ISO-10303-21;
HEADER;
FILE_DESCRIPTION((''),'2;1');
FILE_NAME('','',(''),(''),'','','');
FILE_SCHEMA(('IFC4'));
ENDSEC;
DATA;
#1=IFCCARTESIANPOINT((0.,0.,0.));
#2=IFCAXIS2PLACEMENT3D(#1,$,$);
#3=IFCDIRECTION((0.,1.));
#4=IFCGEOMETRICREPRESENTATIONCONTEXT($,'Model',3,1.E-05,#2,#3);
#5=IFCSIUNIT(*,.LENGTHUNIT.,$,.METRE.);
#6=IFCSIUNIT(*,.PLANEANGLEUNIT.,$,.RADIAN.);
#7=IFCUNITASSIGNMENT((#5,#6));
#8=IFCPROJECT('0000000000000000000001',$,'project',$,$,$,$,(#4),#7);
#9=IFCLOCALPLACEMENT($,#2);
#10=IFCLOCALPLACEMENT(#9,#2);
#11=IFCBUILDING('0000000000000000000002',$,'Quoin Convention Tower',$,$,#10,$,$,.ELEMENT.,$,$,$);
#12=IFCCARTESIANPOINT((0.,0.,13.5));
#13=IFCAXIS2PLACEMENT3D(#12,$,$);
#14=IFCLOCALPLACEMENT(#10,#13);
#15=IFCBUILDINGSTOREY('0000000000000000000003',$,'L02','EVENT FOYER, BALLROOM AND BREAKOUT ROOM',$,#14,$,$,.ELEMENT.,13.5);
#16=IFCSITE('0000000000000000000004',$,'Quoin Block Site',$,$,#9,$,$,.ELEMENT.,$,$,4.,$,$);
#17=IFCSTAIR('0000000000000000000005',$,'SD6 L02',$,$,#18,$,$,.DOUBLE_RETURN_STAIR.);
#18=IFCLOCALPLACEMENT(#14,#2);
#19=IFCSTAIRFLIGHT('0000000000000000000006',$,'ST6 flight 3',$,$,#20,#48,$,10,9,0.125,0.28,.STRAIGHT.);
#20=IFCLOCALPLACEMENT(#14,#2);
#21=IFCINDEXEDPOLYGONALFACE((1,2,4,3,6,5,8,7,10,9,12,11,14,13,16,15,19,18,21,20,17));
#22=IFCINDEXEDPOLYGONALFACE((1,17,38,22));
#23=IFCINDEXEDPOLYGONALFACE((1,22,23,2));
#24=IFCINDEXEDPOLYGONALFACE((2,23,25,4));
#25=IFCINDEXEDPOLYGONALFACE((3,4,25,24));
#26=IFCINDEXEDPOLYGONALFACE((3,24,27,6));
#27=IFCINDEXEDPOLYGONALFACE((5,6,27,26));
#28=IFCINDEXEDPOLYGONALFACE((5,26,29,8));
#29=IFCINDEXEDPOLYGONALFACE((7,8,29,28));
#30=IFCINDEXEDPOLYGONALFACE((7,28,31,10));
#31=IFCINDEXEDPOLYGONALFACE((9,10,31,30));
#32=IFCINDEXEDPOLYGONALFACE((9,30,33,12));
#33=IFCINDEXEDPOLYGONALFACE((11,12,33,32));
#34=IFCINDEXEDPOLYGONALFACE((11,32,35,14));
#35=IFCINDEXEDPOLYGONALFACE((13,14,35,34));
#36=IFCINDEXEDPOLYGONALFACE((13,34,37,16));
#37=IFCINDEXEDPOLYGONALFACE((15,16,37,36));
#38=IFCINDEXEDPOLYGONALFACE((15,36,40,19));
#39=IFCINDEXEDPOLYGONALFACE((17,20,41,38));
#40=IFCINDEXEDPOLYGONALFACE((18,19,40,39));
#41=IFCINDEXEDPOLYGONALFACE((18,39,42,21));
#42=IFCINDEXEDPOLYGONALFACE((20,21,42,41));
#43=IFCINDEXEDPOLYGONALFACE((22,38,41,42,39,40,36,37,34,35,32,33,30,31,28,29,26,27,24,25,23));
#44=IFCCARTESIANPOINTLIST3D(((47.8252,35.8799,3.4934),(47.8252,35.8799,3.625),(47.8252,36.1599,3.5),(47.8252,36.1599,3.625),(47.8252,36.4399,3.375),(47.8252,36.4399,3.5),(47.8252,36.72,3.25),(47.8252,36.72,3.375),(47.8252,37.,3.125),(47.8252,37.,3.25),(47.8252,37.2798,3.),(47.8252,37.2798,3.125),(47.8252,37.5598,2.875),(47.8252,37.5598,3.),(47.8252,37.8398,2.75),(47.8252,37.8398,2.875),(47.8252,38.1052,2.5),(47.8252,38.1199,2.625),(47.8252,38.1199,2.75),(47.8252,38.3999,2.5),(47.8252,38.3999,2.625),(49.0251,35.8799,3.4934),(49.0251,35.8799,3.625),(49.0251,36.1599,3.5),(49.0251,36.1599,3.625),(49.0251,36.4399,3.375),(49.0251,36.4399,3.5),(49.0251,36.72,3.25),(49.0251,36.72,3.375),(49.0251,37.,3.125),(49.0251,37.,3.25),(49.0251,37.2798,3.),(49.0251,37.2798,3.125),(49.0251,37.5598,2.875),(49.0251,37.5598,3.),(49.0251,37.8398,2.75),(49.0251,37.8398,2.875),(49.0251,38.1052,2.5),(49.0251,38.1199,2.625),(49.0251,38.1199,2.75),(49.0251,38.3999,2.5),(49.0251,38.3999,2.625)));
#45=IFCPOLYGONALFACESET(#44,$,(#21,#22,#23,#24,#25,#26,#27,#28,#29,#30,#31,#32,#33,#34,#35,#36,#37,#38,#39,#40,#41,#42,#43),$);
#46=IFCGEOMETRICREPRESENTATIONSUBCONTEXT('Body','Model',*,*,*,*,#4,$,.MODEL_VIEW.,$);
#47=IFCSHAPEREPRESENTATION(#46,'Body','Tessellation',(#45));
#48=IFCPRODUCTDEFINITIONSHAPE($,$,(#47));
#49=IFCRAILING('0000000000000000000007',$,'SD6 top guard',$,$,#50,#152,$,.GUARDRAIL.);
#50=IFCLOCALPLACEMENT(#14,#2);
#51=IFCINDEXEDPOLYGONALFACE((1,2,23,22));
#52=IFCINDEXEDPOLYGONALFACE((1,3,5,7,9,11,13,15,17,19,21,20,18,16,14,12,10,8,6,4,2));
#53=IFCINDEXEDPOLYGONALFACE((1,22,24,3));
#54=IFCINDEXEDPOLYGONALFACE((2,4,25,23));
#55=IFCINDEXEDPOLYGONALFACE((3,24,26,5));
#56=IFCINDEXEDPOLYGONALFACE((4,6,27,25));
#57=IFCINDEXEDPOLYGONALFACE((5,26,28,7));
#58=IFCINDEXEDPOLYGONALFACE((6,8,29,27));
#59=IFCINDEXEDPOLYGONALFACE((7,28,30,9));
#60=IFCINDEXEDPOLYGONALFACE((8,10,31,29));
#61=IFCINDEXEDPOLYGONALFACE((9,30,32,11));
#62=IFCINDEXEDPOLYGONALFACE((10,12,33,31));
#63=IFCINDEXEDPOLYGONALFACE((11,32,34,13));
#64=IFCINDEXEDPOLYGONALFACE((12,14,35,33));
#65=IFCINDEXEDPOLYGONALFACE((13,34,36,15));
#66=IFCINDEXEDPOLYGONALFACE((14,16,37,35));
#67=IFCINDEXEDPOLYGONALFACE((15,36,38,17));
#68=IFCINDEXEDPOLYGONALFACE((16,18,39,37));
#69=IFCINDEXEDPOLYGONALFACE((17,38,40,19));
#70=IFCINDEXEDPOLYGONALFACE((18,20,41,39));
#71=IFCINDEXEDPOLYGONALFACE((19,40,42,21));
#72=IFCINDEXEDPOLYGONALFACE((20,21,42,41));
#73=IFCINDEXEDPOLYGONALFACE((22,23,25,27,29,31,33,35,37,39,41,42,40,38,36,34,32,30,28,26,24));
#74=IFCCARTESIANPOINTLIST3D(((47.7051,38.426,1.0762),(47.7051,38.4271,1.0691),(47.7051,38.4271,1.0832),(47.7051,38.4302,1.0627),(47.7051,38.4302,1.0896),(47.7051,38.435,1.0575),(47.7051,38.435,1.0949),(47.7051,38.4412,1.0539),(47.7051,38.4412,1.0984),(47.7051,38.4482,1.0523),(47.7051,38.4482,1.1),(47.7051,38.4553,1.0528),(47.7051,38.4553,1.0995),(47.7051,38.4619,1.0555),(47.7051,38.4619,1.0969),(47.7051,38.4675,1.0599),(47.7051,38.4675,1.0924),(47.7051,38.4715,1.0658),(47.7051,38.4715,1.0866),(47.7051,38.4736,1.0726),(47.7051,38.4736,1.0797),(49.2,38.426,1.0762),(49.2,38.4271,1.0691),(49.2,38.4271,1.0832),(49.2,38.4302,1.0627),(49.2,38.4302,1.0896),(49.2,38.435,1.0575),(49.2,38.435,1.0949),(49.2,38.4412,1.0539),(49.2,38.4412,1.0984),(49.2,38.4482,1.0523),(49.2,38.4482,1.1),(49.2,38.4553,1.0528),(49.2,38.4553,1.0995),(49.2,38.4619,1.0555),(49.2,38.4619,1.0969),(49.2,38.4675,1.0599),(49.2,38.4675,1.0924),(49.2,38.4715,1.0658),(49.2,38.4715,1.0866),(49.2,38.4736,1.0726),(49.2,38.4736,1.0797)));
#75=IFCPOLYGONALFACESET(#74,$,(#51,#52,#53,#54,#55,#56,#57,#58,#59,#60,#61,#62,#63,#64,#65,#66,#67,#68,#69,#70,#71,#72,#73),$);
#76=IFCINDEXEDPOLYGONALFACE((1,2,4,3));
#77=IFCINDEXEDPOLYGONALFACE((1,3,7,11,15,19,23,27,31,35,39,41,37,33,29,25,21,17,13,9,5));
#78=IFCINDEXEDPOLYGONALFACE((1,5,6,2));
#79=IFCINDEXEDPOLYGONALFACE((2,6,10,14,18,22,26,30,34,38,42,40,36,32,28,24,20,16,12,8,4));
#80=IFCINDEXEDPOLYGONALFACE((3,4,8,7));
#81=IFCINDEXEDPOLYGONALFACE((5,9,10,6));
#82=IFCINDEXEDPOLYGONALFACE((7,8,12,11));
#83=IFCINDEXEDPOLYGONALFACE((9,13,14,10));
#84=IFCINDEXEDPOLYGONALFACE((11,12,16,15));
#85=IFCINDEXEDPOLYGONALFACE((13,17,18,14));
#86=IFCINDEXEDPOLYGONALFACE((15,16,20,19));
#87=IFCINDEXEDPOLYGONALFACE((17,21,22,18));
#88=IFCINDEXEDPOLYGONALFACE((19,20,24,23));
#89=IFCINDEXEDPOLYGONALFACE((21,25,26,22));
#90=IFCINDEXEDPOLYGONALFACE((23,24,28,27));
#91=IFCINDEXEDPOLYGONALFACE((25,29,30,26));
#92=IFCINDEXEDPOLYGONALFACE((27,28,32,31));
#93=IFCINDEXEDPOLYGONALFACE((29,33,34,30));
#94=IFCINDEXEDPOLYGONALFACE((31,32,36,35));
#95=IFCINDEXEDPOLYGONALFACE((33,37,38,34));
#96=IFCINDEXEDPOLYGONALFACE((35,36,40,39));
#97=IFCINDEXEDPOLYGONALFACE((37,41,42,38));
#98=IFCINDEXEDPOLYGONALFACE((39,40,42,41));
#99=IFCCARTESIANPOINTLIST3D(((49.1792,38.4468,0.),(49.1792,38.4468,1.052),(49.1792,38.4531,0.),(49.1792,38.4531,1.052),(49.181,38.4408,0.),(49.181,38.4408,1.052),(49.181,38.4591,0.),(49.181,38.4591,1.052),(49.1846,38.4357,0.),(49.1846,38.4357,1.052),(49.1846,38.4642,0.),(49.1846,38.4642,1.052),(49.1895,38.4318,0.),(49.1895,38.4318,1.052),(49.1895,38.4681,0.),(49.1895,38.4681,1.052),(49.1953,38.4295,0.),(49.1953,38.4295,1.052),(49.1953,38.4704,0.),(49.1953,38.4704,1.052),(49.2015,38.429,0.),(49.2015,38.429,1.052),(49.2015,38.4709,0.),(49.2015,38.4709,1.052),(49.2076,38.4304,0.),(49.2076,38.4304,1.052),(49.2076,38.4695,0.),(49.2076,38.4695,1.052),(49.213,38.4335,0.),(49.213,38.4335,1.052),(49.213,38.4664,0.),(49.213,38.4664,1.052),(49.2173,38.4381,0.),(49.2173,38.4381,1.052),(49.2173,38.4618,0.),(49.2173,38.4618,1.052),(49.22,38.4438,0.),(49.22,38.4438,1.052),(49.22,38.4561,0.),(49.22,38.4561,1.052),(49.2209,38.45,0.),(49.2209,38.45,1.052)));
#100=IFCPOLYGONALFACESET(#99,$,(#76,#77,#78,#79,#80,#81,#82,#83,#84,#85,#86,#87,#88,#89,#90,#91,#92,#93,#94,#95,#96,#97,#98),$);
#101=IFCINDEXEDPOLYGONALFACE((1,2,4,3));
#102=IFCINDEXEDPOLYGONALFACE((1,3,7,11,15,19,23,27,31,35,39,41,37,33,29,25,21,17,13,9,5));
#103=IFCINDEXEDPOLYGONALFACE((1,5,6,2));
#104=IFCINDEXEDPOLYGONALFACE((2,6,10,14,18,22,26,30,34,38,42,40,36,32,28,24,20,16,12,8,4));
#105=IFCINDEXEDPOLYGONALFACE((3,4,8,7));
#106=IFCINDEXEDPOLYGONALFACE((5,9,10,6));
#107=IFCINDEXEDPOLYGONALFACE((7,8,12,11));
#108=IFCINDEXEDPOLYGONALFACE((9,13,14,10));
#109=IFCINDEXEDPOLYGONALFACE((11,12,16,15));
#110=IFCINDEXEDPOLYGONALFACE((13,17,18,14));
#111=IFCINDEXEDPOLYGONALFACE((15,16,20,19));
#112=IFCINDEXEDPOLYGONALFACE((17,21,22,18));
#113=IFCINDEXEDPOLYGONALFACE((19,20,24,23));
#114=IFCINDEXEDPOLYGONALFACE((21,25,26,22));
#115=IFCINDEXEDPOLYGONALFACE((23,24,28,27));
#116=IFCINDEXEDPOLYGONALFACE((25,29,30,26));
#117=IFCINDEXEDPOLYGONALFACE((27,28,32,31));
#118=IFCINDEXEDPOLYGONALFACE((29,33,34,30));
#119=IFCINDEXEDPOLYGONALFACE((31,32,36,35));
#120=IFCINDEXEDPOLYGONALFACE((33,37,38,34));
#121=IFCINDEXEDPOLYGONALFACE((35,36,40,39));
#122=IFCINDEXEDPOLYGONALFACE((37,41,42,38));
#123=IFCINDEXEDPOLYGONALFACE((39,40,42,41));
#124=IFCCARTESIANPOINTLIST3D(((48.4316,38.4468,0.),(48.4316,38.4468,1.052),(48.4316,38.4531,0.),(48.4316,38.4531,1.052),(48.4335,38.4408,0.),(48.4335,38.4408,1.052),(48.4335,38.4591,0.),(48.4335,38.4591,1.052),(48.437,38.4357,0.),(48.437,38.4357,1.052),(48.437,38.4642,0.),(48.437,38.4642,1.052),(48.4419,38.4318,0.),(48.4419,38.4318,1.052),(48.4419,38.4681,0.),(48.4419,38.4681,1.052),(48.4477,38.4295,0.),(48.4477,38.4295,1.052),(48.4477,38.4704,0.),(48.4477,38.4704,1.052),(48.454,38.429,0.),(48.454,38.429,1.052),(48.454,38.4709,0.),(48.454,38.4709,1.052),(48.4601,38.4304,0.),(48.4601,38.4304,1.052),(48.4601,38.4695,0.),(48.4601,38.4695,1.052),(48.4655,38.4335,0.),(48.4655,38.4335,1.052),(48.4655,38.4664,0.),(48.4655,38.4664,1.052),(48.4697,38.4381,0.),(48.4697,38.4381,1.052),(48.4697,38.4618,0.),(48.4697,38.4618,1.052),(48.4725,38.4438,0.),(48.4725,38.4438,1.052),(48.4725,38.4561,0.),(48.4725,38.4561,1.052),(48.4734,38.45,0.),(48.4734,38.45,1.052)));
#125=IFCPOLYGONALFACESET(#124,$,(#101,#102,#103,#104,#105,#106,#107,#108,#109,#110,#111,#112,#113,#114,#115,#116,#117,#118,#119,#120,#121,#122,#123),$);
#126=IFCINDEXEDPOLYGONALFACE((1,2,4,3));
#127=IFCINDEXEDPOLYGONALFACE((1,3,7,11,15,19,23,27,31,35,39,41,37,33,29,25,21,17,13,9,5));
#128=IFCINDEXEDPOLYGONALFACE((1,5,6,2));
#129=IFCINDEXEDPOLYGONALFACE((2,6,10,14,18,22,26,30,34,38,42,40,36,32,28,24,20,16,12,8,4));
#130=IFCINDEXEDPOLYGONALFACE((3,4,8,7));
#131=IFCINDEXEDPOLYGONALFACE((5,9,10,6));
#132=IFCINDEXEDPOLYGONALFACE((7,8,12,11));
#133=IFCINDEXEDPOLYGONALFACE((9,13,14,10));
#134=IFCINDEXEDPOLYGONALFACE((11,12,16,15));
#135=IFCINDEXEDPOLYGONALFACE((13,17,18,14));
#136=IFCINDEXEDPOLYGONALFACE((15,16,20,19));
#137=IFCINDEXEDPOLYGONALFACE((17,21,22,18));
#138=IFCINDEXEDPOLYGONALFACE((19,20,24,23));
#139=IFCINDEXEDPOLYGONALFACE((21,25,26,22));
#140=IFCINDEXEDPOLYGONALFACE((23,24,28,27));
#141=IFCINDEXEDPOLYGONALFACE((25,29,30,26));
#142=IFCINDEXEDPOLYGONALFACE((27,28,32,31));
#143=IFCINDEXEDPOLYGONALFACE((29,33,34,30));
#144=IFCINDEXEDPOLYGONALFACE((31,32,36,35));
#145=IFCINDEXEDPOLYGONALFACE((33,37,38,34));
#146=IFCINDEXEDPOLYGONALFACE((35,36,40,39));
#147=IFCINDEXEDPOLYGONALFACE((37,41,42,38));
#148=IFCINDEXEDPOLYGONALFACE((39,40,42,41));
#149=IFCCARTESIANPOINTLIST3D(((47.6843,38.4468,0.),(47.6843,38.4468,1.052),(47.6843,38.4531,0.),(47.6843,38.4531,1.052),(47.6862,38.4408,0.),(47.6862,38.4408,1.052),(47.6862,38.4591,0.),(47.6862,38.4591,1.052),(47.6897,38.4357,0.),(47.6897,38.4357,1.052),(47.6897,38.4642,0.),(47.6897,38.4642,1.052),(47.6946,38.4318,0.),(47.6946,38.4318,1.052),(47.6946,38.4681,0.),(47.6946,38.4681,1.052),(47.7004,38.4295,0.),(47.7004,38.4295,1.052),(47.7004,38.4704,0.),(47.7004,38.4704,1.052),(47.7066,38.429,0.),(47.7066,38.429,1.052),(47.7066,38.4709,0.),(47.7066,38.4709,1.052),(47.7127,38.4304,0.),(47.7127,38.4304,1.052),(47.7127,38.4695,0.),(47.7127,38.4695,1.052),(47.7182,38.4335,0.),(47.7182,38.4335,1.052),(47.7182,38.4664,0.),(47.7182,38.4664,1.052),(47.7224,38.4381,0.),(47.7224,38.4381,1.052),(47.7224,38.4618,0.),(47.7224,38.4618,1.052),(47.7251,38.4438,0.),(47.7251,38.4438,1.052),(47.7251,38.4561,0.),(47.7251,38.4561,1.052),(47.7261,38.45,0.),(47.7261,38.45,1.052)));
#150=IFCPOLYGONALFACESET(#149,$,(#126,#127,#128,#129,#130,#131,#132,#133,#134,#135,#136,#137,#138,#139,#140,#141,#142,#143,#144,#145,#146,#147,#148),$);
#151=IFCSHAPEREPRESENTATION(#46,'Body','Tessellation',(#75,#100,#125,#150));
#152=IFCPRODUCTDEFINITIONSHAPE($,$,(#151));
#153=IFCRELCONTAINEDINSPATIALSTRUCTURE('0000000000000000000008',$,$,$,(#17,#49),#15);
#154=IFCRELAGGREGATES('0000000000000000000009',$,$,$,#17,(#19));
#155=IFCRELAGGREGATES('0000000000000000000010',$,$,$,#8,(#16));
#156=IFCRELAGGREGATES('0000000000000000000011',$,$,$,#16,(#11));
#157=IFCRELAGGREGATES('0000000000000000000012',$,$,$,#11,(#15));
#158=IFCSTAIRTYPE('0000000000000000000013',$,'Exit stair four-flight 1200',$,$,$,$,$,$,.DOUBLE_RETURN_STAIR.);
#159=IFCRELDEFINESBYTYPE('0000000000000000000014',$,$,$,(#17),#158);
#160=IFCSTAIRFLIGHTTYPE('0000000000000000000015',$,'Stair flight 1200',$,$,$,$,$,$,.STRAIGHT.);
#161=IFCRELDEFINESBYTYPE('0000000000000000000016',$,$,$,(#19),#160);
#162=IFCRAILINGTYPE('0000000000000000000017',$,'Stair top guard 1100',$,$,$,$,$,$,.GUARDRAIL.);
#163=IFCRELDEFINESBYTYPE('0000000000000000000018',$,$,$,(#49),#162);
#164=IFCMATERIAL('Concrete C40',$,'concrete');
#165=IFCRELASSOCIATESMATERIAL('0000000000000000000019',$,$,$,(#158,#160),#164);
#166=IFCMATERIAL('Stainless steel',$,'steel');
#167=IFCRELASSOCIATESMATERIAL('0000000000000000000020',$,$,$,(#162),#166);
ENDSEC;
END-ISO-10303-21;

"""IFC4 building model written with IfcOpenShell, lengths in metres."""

from ifc_helpers import new_model, si_unit, direction, frame, origin, origin_2d, place, context, subcontext, project, spatial, polyline, circle, outline, extrude, material, type_object, element, aggregate, save


model = new_model("IFC4")

# Units and contexts
model_context = context("Model", 3, precision=1e-05, world=origin(), true_north=direction((0.0, 1.0)))
body_context = subcontext(model_context, "Body", "Model", "MODEL_VIEW")
ifc_project = project(units=[si_unit("LENGTHUNIT", "METRE"), si_unit("PLANEANGLEUNIT", "RADIAN")], contexts=[model_context])

# Site, building, storey
site_placement = place(None, origin())
site = spatial("IfcSite", under=ifc_project, at=site_placement, Name="Quoin Block Site", CompositionType="ELEMENT", RefElevation=4.0)
building_placement = place(site_placement, origin())
building = spatial("IfcBuilding", under=site, at=building_placement, Name="Quoin Convention Tower", CompositionType="ELEMENT")
storey_placement = place(building_placement, frame((0.0, 0.0, 13.5)))
storey = spatial("IfcBuildingStorey", under=building, at=storey_placement, Name="L02", Description="EVENT FOYER, BALLROOM AND BREAKOUT ROOM", CompositionType="ELEMENT", Elevation=13.5)

# Stair, stair flight
ifc_material_1 = material(Name="Concrete C40", Category="concrete")
stair_type = type_object("IfcStairType", Name="Exit stair four-flight 1200", PredefinedType="DOUBLE_RETURN_STAIR", material=ifc_material_1)
stair_placement = place(storey_placement, origin())
stair = element("IfcStair", 1, at=stair_placement, inside=storey, type_object=stair_type, Name="SD6 L02", PredefinedType="DOUBLE_RETURN_STAIR")
stair_flight_type = type_object("IfcStairFlightType", Name="Stair flight 1200", PredefinedType="STRAIGHT", material=ifc_material_1)
stair_flight_1_placement = place(storey_placement, frame((48.425, 38.3999, 2.5), z_axis=(0.0, 0.0, 1.0), x_axis=(0.0, -1.0, 0.0)))
stair_flight_1 = element("IfcStairFlight", 2, at=stair_flight_1_placement, type_object=stair_flight_type, Name="ST6 flight 3", NumberOfRisers=10, NumberOfTreads=9, PredefinedType="STRAIGHT", RiserHeight=0.125, TreadLength=0.28, context=body_context, shape_type="SweptSolid", body=[
    extrude(outline(polyline([(0.0, 0.0), (0.0, 0.125), (0.28, 0.125), (0.28, 0.25), (0.5601, 0.25), (0.5601, 0.375), (0.8401, 0.375), (0.8401, 0.5), (1.1201, 0.5), (1.1201, 0.625), (1.3999, 0.625), (1.3999, 0.75), (1.6799, 0.75), (1.6799, 0.875), (1.96, 0.875), (1.96, 1.0), (2.24, 1.0), (2.24, 1.125), (2.52, 1.125), (2.52, 1.25), (2.52, 0.9934), (0.2947, 0.0), (0.0, 0.0)])), frame((0.0, 0.6001, 0.0), z_axis=(0.0, -1.0, 0.0), x_axis=(1.0, 0.0, 0.0)), (0.0, 0.0, 1.0), 1.2),
])
aggregate(stair, [stair_flight_1])

# Railing
ifc_material_2 = material(Name="Stainless steel", Category="steel")
railing_type_1 = type_object("IfcRailingType", Name="Stair top guard 1100", PredefinedType="GUARDRAIL", material=ifc_material_2)
railing_1_placement = place(storey_placement, frame((49.2, 38.45, 0.0)))
element("IfcRailing", 3, at=railing_1_placement, inside=storey, type_object=railing_type_1, Name="SD6 top guard", PredefinedType="GUARDRAIL", context=body_context, shape_type="SweptSolid", body=[
    extrude(circle(Radius=0.0239, at=origin_2d()), frame((0.0, 0.0, 1.0762), z_axis=(-1.0, 0.0, 0.0), x_axis=(0.0, -1.0, 0.0)), (0.0, 0.0, 1.0), 1.4949),
    extrude(circle(Radius=0.021, at=origin_2d()), origin(), (0.0, 0.0, 1.0), 1.052),
    extrude(circle(Radius=0.021, at=origin_2d()), frame((-0.7476, 0.0, 0.0)), (0.0, 0.0, 1.0), 1.052),
    extrude(circle(Radius=0.021, at=origin_2d()), frame((-1.4949, 0.0, 0.0)), (0.0, 0.0, 1.0), 1.052),
])

save(model, "model.ifc")
